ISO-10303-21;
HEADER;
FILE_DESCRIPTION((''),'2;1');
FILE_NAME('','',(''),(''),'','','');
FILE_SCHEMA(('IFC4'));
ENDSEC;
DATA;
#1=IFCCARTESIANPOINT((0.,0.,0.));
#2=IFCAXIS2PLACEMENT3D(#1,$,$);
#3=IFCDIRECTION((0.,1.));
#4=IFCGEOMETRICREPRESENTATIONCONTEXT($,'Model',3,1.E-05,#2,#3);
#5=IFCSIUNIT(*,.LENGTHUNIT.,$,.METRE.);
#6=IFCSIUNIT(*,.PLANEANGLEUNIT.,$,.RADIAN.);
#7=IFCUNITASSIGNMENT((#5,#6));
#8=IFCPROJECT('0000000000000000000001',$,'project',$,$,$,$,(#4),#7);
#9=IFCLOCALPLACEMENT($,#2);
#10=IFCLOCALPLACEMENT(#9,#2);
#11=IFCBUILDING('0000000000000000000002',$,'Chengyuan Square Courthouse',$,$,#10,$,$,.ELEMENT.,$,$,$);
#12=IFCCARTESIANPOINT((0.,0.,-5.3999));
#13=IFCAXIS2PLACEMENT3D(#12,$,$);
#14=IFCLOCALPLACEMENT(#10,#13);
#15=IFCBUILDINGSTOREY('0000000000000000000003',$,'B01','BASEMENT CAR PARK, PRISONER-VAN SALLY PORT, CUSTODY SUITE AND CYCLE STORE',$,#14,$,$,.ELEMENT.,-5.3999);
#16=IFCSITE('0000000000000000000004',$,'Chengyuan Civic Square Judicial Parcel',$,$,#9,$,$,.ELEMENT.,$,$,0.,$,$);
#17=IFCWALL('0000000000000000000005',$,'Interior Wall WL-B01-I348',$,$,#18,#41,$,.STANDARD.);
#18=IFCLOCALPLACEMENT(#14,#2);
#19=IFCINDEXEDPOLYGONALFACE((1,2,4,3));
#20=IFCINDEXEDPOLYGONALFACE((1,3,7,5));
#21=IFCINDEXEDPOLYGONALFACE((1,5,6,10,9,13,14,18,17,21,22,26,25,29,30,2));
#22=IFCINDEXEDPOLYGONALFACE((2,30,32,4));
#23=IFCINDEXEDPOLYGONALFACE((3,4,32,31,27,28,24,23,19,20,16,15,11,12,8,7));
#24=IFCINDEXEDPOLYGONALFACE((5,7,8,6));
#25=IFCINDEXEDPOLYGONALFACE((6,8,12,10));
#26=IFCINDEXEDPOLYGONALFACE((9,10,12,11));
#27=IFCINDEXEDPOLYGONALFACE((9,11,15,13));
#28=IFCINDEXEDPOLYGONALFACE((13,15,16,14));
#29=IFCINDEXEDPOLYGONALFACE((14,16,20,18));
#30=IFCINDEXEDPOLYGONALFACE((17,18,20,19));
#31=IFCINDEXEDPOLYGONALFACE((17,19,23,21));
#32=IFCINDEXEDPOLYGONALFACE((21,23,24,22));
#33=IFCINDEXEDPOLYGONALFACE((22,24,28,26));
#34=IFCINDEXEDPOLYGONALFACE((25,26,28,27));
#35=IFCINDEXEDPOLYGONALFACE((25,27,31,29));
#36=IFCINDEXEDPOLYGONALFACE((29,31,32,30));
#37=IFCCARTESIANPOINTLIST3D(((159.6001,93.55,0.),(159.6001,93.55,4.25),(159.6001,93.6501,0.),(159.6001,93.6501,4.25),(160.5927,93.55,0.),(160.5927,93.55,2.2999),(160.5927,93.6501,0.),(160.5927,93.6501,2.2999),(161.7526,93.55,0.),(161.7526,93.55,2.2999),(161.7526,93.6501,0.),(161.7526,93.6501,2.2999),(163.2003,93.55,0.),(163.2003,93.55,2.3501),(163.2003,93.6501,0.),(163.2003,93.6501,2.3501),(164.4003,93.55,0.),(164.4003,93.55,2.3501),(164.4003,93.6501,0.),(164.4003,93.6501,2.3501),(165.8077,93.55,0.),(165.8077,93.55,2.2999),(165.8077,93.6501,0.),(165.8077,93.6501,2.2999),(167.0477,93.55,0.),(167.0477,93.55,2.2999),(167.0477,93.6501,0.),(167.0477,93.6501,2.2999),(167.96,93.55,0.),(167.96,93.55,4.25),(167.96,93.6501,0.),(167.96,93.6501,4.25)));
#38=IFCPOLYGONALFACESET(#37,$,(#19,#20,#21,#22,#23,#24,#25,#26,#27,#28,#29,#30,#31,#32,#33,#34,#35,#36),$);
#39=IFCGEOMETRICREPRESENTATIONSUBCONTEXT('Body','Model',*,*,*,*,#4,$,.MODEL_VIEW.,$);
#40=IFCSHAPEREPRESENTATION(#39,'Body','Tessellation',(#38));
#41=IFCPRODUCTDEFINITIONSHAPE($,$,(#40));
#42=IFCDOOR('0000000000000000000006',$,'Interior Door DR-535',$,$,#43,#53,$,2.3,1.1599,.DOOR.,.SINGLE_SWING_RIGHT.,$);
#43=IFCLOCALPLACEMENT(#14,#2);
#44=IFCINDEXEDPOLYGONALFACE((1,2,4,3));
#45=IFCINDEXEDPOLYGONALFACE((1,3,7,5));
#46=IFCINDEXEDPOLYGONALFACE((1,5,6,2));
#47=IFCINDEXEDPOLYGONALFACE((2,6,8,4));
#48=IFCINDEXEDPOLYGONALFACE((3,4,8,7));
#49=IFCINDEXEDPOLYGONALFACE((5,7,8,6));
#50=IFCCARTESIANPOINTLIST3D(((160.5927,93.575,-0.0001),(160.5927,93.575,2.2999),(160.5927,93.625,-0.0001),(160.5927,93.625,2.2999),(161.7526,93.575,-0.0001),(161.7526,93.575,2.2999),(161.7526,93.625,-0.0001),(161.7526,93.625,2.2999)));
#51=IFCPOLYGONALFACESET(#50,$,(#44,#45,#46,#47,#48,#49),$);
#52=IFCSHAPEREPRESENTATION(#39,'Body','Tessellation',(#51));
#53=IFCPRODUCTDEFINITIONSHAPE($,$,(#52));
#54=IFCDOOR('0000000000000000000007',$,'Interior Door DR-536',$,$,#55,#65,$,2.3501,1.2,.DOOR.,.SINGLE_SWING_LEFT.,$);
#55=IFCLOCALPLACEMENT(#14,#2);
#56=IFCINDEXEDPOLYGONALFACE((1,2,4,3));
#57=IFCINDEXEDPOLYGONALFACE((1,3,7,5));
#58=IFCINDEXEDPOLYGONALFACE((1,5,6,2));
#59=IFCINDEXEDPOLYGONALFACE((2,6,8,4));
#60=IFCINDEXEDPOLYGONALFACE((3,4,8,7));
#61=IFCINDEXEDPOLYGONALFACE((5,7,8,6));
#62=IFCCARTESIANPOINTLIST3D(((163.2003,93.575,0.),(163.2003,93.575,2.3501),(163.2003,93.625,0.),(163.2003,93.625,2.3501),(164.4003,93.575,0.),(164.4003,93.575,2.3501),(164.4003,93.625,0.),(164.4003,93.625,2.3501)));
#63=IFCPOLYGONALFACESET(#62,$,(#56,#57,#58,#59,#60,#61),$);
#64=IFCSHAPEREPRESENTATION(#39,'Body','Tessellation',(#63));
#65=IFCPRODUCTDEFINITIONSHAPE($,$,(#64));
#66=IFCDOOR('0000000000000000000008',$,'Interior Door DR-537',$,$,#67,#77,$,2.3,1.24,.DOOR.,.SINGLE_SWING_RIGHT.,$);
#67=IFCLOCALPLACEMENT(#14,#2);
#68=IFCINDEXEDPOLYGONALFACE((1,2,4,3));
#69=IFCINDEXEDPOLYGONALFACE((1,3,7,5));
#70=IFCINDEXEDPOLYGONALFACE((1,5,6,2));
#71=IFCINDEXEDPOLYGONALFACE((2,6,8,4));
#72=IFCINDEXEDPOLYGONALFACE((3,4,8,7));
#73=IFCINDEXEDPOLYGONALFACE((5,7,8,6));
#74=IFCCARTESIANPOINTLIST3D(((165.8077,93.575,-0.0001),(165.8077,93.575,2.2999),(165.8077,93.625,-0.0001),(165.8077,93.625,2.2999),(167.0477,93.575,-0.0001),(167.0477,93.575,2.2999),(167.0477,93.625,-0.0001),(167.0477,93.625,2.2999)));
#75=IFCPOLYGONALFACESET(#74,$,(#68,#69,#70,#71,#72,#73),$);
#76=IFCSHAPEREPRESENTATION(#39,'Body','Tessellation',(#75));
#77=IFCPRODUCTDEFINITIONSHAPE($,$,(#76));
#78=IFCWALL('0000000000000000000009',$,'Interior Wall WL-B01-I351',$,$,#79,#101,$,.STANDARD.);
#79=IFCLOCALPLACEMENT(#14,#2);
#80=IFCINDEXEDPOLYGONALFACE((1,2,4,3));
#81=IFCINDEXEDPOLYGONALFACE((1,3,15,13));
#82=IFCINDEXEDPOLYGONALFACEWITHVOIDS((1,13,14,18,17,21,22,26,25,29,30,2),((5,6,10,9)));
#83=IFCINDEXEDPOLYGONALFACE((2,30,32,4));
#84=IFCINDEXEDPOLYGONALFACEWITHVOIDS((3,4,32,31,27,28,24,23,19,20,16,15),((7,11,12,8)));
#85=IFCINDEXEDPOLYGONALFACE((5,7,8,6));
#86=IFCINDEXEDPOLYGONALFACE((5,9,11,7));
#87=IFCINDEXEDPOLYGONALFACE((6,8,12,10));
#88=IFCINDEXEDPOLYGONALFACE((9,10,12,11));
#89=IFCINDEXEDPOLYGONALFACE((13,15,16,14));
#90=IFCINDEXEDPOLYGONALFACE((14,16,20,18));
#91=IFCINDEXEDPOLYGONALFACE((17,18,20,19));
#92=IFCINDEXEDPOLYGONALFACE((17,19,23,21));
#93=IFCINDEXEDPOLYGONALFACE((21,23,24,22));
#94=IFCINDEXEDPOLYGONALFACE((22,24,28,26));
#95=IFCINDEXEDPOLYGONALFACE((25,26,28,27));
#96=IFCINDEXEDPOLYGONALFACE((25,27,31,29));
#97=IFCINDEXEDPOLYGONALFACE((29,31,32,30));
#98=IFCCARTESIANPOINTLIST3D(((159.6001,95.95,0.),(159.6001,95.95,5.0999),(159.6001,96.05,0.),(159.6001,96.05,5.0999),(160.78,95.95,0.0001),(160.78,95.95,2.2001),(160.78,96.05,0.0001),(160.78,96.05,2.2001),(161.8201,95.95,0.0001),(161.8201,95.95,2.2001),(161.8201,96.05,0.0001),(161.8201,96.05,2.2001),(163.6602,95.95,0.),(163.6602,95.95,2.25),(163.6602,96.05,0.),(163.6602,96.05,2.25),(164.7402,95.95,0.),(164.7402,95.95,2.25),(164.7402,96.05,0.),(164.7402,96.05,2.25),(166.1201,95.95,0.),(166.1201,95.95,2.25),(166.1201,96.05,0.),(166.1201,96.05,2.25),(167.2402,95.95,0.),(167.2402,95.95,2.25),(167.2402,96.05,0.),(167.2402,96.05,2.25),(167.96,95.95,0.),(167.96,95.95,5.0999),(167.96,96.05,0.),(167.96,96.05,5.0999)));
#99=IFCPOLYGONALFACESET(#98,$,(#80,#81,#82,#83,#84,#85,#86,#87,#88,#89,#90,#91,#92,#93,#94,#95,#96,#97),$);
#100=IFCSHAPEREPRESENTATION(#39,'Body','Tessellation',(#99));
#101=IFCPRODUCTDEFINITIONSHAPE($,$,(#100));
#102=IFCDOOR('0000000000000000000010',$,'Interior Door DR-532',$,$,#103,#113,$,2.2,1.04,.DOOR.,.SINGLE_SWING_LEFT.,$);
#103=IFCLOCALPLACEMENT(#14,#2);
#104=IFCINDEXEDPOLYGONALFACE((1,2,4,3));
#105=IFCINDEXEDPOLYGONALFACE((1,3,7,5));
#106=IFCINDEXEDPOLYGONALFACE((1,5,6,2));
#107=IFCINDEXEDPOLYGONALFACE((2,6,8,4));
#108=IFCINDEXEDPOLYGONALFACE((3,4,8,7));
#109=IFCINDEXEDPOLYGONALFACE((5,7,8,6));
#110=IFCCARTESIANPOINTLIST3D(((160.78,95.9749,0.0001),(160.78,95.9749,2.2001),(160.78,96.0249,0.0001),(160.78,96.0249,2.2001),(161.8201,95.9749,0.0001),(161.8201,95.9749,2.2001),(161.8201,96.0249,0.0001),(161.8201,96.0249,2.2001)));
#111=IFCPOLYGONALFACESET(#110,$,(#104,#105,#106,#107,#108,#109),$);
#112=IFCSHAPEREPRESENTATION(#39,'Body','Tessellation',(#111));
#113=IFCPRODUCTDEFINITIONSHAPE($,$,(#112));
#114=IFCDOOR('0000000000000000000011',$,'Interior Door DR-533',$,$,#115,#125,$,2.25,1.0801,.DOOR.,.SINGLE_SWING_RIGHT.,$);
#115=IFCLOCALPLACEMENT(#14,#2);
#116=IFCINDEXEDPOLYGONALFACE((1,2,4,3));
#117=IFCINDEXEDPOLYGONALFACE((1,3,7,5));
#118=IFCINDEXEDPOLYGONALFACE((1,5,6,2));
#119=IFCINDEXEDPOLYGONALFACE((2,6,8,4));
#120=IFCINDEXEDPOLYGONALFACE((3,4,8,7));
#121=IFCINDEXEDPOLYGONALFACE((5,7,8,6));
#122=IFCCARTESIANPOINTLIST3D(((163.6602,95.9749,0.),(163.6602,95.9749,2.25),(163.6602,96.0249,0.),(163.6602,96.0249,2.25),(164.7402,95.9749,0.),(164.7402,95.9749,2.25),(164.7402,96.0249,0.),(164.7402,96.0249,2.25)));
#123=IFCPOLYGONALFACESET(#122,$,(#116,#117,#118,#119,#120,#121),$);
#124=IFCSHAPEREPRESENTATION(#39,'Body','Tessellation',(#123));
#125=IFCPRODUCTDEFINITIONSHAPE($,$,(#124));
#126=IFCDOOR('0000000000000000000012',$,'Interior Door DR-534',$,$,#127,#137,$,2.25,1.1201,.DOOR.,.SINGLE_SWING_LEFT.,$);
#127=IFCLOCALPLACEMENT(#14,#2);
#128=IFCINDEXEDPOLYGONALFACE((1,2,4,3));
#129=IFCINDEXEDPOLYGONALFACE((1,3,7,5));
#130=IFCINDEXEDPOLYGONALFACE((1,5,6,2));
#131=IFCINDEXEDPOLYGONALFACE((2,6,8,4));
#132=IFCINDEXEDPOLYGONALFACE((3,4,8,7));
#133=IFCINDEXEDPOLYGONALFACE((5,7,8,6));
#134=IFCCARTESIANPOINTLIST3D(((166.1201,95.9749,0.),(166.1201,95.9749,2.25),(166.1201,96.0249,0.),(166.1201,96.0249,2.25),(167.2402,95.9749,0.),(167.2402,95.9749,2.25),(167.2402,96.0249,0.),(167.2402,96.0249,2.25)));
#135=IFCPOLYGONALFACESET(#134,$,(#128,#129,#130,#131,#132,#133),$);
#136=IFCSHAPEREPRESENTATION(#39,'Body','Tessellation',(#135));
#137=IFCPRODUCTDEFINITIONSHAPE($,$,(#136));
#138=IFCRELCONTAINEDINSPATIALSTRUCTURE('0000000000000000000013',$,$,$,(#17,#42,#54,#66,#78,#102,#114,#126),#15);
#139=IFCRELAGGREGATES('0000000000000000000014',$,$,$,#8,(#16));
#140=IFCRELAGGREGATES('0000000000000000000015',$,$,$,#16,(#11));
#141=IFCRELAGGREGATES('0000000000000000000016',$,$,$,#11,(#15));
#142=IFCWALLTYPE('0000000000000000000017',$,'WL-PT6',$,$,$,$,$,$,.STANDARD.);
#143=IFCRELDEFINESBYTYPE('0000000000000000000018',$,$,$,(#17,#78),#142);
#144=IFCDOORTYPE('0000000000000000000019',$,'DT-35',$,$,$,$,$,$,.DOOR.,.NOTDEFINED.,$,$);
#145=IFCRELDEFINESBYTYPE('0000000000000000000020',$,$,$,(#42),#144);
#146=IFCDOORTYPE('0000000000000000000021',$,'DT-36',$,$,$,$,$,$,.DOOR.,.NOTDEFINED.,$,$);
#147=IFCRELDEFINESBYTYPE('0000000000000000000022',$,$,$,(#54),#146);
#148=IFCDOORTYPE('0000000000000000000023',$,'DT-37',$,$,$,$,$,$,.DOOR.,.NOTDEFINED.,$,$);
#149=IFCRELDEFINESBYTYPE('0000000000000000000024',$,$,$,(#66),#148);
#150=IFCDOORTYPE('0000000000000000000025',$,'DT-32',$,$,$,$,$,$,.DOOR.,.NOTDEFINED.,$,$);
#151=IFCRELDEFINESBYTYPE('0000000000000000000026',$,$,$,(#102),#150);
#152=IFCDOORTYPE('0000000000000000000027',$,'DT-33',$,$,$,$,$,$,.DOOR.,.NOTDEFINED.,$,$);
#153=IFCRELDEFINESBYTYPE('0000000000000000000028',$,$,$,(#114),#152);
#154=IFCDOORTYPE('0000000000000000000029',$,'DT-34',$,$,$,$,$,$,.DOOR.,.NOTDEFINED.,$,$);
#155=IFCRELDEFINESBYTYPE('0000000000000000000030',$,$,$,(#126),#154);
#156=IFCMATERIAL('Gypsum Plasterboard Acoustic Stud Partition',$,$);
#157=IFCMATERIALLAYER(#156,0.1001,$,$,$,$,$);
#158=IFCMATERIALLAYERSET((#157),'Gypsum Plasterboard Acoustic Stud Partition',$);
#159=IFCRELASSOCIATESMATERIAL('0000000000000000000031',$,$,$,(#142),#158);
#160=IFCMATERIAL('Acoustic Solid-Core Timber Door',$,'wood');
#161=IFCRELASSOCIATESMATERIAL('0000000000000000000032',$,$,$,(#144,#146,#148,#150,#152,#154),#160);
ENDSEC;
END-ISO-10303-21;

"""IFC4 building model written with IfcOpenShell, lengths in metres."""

from ifc_helpers import new_model, si_unit, direction, frame, frame_2d, origin, place, context, subcontext, project, spatial, rectangle, extrude, material, layer, layer_set, type_object, element, fill, save


model = new_model("IFC4")

# Units and contexts
model_context = context("Model", 3, precision=1e-05, world=origin(), true_north=direction((0.0, 1.0)))
body_context = subcontext(model_context, "Body", "Model", "MODEL_VIEW")
ifc_project = project(units=[si_unit("LENGTHUNIT", "METRE"), si_unit("PLANEANGLEUNIT", "RADIAN")], contexts=[model_context])

# Site, building, storey
site_placement = place(None, origin())
site = spatial("IfcSite", under=ifc_project, at=site_placement, Name="Chengyuan Civic Square Judicial Parcel", CompositionType="ELEMENT", RefElevation=0.0)
building_placement = place(site_placement, origin())
building = spatial("IfcBuilding", under=site, at=building_placement, Name="Chengyuan Square Courthouse", CompositionType="ELEMENT")
storey_placement = place(building_placement, frame((0.0, 0.0, -5.3999)))
storey = spatial("IfcBuildingStorey", under=building, at=storey_placement, Name="B01", Description="BASEMENT CAR PARK, PRISONER-VAN SALLY PORT, CUSTODY SUITE AND CYCLE STORE", CompositionType="ELEMENT", Elevation=-5.3999)

# Walls, openings, doors
ifc_material_1 = material(Name="Gypsum Plasterboard Acoustic Stud Partition")
ifc_layer_1 = layer(ifc_material_1, 0.1001)
ifc_layer_set_1 = layer_set([ifc_layer_1], Name="Gypsum Plasterboard Acoustic Stud Partition")
wall_type_1 = type_object("IfcWallType", Name="WL-PT6", PredefinedType="STANDARD", material=ifc_layer_set_1)
wall_1_placement = place(storey_placement, frame((159.6001, 93.6001, 0.0), z_axis=(0.0, 0.0, 1.0), x_axis=(1.0, 0.0, 0.0)))
wall_1 = element("IfcWall", 1, at=wall_1_placement, inside=storey, type_object=wall_type_1, Name="Interior Wall WL-B01-I348", PredefinedType="STANDARD", context=body_context, shape_type="SweptSolid", body=[
    extrude(rectangle(XDim=8.3599, YDim=0.1001, at=frame_2d((4.1799, 0.0))), origin(), (0.0, 0.0, 1.0), 4.25),
])
opening_1_placement = place(wall_1_placement, frame((0.9924, 0.0, 0.0)))
opening_1 = element("IfcOpeningElement", 2, at=opening_1_placement, cuts=wall_1, PredefinedType="OPENING", context=body_context, shape_type="SweptSolid", body=[
    extrude(rectangle(XDim=1.1599, YDim=2.3, at=frame_2d((0.5801, 1.1499))), frame((0.0, 0.062, 0.0), z_axis=(0.0, -1.0, 0.0), x_axis=(1.0, 0.0, 0.0)), (0.0, 0.0, 1.0), 0.124),
])
opening_2_placement = place(wall_1_placement, frame((3.6001, 0.0, 0.0)))
opening_2 = element("IfcOpeningElement", 3, at=opening_2_placement, cuts=wall_1, PredefinedType="OPENING", context=body_context, shape_type="SweptSolid", body=[
    extrude(rectangle(XDim=1.2, YDim=2.3501, at=frame_2d((0.6001, 1.175))), frame((0.0, 0.062, 0.0), z_axis=(0.0, -1.0, 0.0), x_axis=(1.0, 0.0, 0.0)), (0.0, 0.0, 1.0), 0.124),
])
opening_3_placement = place(wall_1_placement, frame((6.2075, 0.0, 0.0)))
opening_3 = element("IfcOpeningElement", 4, at=opening_3_placement, cuts=wall_1, PredefinedType="OPENING", context=body_context, shape_type="SweptSolid", body=[
    extrude(rectangle(XDim=1.24, YDim=2.3, at=frame_2d((0.6201, 1.1499))), frame((0.0, 0.062, 0.0), z_axis=(0.0, -1.0, 0.0), x_axis=(1.0, 0.0, 0.0)), (0.0, 0.0, 1.0), 0.124),
])
ifc_material_2 = material(Name="Acoustic Solid-Core Timber Door", Category="wood")
door_type_1 = type_object("IfcDoorType", Name="DT-35", OperationType="NOTDEFINED", PredefinedType="DOOR", material=ifc_material_2)
door_1_placement = place(opening_1_placement, origin())
door_1 = element("IfcDoor", 5, at=door_1_placement, inside=storey, type_object=door_type_1, Name="Interior Door DR-535", OperationType="SINGLE_SWING_RIGHT", OverallHeight=2.3, OverallWidth=1.1599, PredefinedType="DOOR", context=body_context, shape_type="SweptSolid", body=[
    extrude(rectangle(XDim=1.1599, YDim=2.3, at=frame_2d((0.5801, 1.1499))), frame((0.0, 0.0249, 0.0), z_axis=(0.0, -1.0, 0.0), x_axis=(1.0, 0.0, 0.0)), (0.0, 0.0, 1.0), 0.05),
])
fill(opening_1, door_1)
door_type_2 = type_object("IfcDoorType", Name="DT-36", OperationType="NOTDEFINED", PredefinedType="DOOR", material=ifc_material_2)
door_2_placement = place(opening_2_placement, origin())
door_2 = element("IfcDoor", 6, at=door_2_placement, inside=storey, type_object=door_type_2, Name="Interior Door DR-536", OperationType="SINGLE_SWING_LEFT", OverallHeight=2.3501, OverallWidth=1.2, PredefinedType="DOOR", context=body_context, shape_type="SweptSolid", body=[
    extrude(rectangle(XDim=1.2, YDim=2.3501, at=frame_2d((0.6001, 1.175))), frame((0.0, 0.0249, 0.0), z_axis=(0.0, -1.0, 0.0), x_axis=(1.0, 0.0, 0.0)), (0.0, 0.0, 1.0), 0.05),
])
fill(opening_2, door_2)
door_type_3 = type_object("IfcDoorType", Name="DT-37", OperationType="NOTDEFINED", PredefinedType="DOOR", material=ifc_material_2)
door_3_placement = place(opening_3_placement, origin())
door_3 = element("IfcDoor", 7, at=door_3_placement, inside=storey, type_object=door_type_3, Name="Interior Door DR-537", OperationType="SINGLE_SWING_RIGHT", OverallHeight=2.3, OverallWidth=1.24, PredefinedType="DOOR", context=body_context, shape_type="SweptSolid", body=[
    extrude(rectangle(XDim=1.24, YDim=2.3, at=frame_2d((0.6201, 1.1499))), frame((0.0, 0.0249, 0.0), z_axis=(0.0, -1.0, 0.0), x_axis=(1.0, 0.0, 0.0)), (0.0, 0.0, 1.0), 0.05),
])
fill(opening_3, door_3)
wall_2_placement = place(storey_placement, frame((159.6001, 96.0, 0.0), z_axis=(0.0, 0.0, 1.0), x_axis=(1.0, 0.0, 0.0)))
wall_2 = element("IfcWall", 8, at=wall_2_placement, inside=storey, type_object=wall_type_1, Name="Interior Wall WL-B01-I351", PredefinedType="STANDARD", context=body_context, shape_type="SweptSolid", body=[
    extrude(rectangle(XDim=8.3599, YDim=0.1001, at=frame_2d((4.1799, 0.0))), origin(), (0.0, 0.0, 1.0), 5.0999),
])
opening_4_placement = place(wall_2_placement, frame((1.1799, 0.0, 0.0)))
opening_4 = element("IfcOpeningElement", 9, at=opening_4_placement, cuts=wall_2, PredefinedType="OPENING", context=body_context, shape_type="SweptSolid", body=[
    extrude(rectangle(XDim=1.04, YDim=2.2, at=frame_2d((0.52, 1.1001))), frame((0.0, 0.062, 0.0), z_axis=(0.0, -1.0, 0.0), x_axis=(1.0, 0.0, 0.0)), (0.0, 0.0, 1.0), 0.124),
])
opening_5_placement = place(wall_2_placement, frame((4.0601, 0.0, 0.0)))
opening_5 = element("IfcOpeningElement", 10, at=opening_5_placement, cuts=wall_2, PredefinedType="OPENING", context=body_context, shape_type="SweptSolid", body=[
    extrude(rectangle(XDim=1.0801, YDim=2.25, at=frame_2d((0.54, 1.125))), frame((0.0, 0.062, 0.0), z_axis=(0.0, -1.0, 0.0), x_axis=(1.0, 0.0, 0.0)), (0.0, 0.0, 1.0), 0.124),
])
opening_6_placement = place(wall_2_placement, frame((6.52, 0.0, 0.0)))
opening_6 = element("IfcOpeningElement", 11, at=opening_6_placement, cuts=wall_2, PredefinedType="OPENING", context=body_context, shape_type="SweptSolid", body=[
    extrude(rectangle(XDim=1.1201, YDim=2.25, at=frame_2d((0.5601, 1.125))), frame((0.0, 0.062, 0.0), z_axis=(0.0, -1.0, 0.0), x_axis=(1.0, 0.0, 0.0)), (0.0, 0.0, 1.0), 0.124),
])
door_type_4 = type_object("IfcDoorType", Name="DT-32", OperationType="NOTDEFINED", PredefinedType="DOOR", material=ifc_material_2)
door_4_placement = place(opening_4_placement, origin())
door_4 = element("IfcDoor", 12, at=door_4_placement, inside=storey, type_object=door_type_4, Name="Interior Door DR-532", OperationType="SINGLE_SWING_LEFT", OverallHeight=2.2, OverallWidth=1.04, PredefinedType="DOOR", context=body_context, shape_type="SweptSolid", body=[
    extrude(rectangle(XDim=1.04, YDim=2.2, at=frame_2d((0.52, 1.1001))), frame((0.0, 0.0249, 0.0), z_axis=(0.0, -1.0, 0.0), x_axis=(1.0, 0.0, 0.0)), (0.0, 0.0, 1.0), 0.05),
])
fill(opening_4, door_4)
door_type_5 = type_object("IfcDoorType", Name="DT-33", OperationType="NOTDEFINED", PredefinedType="DOOR", material=ifc_material_2)
door_5_placement = place(opening_5_placement, origin())
door_5 = element("IfcDoor", 13, at=door_5_placement, inside=storey, type_object=door_type_5, Name="Interior Door DR-533", OperationType="SINGLE_SWING_RIGHT", OverallHeight=2.25, OverallWidth=1.0801, PredefinedType="DOOR", context=body_context, shape_type="SweptSolid", body=[
    extrude(rectangle(XDim=1.0801, YDim=2.25, at=frame_2d((0.54, 1.125))), frame((0.0, 0.0249, 0.0), z_axis=(0.0, -1.0, 0.0), x_axis=(1.0, 0.0, 0.0)), (0.0, 0.0, 1.0), 0.05),
])
fill(opening_5, door_5)
door_type_6 = type_object("IfcDoorType", Name="DT-34", OperationType="NOTDEFINED", PredefinedType="DOOR", material=ifc_material_2)
door_6_placement = place(opening_6_placement, origin())
door_6 = element("IfcDoor", 14, at=door_6_placement, inside=storey, type_object=door_type_6, Name="Interior Door DR-534", OperationType="SINGLE_SWING_LEFT", OverallHeight=2.25, OverallWidth=1.1201, PredefinedType="DOOR", context=body_context, shape_type="SweptSolid", body=[
    extrude(rectangle(XDim=1.1201, YDim=2.25, at=frame_2d((0.5601, 1.125))), frame((0.0, 0.0249, 0.0), z_axis=(0.0, -1.0, 0.0), x_axis=(1.0, 0.0, 0.0)), (0.0, 0.0, 1.0), 0.05),
])
fill(opening_6, door_6)

save(model, "model.ifc")
